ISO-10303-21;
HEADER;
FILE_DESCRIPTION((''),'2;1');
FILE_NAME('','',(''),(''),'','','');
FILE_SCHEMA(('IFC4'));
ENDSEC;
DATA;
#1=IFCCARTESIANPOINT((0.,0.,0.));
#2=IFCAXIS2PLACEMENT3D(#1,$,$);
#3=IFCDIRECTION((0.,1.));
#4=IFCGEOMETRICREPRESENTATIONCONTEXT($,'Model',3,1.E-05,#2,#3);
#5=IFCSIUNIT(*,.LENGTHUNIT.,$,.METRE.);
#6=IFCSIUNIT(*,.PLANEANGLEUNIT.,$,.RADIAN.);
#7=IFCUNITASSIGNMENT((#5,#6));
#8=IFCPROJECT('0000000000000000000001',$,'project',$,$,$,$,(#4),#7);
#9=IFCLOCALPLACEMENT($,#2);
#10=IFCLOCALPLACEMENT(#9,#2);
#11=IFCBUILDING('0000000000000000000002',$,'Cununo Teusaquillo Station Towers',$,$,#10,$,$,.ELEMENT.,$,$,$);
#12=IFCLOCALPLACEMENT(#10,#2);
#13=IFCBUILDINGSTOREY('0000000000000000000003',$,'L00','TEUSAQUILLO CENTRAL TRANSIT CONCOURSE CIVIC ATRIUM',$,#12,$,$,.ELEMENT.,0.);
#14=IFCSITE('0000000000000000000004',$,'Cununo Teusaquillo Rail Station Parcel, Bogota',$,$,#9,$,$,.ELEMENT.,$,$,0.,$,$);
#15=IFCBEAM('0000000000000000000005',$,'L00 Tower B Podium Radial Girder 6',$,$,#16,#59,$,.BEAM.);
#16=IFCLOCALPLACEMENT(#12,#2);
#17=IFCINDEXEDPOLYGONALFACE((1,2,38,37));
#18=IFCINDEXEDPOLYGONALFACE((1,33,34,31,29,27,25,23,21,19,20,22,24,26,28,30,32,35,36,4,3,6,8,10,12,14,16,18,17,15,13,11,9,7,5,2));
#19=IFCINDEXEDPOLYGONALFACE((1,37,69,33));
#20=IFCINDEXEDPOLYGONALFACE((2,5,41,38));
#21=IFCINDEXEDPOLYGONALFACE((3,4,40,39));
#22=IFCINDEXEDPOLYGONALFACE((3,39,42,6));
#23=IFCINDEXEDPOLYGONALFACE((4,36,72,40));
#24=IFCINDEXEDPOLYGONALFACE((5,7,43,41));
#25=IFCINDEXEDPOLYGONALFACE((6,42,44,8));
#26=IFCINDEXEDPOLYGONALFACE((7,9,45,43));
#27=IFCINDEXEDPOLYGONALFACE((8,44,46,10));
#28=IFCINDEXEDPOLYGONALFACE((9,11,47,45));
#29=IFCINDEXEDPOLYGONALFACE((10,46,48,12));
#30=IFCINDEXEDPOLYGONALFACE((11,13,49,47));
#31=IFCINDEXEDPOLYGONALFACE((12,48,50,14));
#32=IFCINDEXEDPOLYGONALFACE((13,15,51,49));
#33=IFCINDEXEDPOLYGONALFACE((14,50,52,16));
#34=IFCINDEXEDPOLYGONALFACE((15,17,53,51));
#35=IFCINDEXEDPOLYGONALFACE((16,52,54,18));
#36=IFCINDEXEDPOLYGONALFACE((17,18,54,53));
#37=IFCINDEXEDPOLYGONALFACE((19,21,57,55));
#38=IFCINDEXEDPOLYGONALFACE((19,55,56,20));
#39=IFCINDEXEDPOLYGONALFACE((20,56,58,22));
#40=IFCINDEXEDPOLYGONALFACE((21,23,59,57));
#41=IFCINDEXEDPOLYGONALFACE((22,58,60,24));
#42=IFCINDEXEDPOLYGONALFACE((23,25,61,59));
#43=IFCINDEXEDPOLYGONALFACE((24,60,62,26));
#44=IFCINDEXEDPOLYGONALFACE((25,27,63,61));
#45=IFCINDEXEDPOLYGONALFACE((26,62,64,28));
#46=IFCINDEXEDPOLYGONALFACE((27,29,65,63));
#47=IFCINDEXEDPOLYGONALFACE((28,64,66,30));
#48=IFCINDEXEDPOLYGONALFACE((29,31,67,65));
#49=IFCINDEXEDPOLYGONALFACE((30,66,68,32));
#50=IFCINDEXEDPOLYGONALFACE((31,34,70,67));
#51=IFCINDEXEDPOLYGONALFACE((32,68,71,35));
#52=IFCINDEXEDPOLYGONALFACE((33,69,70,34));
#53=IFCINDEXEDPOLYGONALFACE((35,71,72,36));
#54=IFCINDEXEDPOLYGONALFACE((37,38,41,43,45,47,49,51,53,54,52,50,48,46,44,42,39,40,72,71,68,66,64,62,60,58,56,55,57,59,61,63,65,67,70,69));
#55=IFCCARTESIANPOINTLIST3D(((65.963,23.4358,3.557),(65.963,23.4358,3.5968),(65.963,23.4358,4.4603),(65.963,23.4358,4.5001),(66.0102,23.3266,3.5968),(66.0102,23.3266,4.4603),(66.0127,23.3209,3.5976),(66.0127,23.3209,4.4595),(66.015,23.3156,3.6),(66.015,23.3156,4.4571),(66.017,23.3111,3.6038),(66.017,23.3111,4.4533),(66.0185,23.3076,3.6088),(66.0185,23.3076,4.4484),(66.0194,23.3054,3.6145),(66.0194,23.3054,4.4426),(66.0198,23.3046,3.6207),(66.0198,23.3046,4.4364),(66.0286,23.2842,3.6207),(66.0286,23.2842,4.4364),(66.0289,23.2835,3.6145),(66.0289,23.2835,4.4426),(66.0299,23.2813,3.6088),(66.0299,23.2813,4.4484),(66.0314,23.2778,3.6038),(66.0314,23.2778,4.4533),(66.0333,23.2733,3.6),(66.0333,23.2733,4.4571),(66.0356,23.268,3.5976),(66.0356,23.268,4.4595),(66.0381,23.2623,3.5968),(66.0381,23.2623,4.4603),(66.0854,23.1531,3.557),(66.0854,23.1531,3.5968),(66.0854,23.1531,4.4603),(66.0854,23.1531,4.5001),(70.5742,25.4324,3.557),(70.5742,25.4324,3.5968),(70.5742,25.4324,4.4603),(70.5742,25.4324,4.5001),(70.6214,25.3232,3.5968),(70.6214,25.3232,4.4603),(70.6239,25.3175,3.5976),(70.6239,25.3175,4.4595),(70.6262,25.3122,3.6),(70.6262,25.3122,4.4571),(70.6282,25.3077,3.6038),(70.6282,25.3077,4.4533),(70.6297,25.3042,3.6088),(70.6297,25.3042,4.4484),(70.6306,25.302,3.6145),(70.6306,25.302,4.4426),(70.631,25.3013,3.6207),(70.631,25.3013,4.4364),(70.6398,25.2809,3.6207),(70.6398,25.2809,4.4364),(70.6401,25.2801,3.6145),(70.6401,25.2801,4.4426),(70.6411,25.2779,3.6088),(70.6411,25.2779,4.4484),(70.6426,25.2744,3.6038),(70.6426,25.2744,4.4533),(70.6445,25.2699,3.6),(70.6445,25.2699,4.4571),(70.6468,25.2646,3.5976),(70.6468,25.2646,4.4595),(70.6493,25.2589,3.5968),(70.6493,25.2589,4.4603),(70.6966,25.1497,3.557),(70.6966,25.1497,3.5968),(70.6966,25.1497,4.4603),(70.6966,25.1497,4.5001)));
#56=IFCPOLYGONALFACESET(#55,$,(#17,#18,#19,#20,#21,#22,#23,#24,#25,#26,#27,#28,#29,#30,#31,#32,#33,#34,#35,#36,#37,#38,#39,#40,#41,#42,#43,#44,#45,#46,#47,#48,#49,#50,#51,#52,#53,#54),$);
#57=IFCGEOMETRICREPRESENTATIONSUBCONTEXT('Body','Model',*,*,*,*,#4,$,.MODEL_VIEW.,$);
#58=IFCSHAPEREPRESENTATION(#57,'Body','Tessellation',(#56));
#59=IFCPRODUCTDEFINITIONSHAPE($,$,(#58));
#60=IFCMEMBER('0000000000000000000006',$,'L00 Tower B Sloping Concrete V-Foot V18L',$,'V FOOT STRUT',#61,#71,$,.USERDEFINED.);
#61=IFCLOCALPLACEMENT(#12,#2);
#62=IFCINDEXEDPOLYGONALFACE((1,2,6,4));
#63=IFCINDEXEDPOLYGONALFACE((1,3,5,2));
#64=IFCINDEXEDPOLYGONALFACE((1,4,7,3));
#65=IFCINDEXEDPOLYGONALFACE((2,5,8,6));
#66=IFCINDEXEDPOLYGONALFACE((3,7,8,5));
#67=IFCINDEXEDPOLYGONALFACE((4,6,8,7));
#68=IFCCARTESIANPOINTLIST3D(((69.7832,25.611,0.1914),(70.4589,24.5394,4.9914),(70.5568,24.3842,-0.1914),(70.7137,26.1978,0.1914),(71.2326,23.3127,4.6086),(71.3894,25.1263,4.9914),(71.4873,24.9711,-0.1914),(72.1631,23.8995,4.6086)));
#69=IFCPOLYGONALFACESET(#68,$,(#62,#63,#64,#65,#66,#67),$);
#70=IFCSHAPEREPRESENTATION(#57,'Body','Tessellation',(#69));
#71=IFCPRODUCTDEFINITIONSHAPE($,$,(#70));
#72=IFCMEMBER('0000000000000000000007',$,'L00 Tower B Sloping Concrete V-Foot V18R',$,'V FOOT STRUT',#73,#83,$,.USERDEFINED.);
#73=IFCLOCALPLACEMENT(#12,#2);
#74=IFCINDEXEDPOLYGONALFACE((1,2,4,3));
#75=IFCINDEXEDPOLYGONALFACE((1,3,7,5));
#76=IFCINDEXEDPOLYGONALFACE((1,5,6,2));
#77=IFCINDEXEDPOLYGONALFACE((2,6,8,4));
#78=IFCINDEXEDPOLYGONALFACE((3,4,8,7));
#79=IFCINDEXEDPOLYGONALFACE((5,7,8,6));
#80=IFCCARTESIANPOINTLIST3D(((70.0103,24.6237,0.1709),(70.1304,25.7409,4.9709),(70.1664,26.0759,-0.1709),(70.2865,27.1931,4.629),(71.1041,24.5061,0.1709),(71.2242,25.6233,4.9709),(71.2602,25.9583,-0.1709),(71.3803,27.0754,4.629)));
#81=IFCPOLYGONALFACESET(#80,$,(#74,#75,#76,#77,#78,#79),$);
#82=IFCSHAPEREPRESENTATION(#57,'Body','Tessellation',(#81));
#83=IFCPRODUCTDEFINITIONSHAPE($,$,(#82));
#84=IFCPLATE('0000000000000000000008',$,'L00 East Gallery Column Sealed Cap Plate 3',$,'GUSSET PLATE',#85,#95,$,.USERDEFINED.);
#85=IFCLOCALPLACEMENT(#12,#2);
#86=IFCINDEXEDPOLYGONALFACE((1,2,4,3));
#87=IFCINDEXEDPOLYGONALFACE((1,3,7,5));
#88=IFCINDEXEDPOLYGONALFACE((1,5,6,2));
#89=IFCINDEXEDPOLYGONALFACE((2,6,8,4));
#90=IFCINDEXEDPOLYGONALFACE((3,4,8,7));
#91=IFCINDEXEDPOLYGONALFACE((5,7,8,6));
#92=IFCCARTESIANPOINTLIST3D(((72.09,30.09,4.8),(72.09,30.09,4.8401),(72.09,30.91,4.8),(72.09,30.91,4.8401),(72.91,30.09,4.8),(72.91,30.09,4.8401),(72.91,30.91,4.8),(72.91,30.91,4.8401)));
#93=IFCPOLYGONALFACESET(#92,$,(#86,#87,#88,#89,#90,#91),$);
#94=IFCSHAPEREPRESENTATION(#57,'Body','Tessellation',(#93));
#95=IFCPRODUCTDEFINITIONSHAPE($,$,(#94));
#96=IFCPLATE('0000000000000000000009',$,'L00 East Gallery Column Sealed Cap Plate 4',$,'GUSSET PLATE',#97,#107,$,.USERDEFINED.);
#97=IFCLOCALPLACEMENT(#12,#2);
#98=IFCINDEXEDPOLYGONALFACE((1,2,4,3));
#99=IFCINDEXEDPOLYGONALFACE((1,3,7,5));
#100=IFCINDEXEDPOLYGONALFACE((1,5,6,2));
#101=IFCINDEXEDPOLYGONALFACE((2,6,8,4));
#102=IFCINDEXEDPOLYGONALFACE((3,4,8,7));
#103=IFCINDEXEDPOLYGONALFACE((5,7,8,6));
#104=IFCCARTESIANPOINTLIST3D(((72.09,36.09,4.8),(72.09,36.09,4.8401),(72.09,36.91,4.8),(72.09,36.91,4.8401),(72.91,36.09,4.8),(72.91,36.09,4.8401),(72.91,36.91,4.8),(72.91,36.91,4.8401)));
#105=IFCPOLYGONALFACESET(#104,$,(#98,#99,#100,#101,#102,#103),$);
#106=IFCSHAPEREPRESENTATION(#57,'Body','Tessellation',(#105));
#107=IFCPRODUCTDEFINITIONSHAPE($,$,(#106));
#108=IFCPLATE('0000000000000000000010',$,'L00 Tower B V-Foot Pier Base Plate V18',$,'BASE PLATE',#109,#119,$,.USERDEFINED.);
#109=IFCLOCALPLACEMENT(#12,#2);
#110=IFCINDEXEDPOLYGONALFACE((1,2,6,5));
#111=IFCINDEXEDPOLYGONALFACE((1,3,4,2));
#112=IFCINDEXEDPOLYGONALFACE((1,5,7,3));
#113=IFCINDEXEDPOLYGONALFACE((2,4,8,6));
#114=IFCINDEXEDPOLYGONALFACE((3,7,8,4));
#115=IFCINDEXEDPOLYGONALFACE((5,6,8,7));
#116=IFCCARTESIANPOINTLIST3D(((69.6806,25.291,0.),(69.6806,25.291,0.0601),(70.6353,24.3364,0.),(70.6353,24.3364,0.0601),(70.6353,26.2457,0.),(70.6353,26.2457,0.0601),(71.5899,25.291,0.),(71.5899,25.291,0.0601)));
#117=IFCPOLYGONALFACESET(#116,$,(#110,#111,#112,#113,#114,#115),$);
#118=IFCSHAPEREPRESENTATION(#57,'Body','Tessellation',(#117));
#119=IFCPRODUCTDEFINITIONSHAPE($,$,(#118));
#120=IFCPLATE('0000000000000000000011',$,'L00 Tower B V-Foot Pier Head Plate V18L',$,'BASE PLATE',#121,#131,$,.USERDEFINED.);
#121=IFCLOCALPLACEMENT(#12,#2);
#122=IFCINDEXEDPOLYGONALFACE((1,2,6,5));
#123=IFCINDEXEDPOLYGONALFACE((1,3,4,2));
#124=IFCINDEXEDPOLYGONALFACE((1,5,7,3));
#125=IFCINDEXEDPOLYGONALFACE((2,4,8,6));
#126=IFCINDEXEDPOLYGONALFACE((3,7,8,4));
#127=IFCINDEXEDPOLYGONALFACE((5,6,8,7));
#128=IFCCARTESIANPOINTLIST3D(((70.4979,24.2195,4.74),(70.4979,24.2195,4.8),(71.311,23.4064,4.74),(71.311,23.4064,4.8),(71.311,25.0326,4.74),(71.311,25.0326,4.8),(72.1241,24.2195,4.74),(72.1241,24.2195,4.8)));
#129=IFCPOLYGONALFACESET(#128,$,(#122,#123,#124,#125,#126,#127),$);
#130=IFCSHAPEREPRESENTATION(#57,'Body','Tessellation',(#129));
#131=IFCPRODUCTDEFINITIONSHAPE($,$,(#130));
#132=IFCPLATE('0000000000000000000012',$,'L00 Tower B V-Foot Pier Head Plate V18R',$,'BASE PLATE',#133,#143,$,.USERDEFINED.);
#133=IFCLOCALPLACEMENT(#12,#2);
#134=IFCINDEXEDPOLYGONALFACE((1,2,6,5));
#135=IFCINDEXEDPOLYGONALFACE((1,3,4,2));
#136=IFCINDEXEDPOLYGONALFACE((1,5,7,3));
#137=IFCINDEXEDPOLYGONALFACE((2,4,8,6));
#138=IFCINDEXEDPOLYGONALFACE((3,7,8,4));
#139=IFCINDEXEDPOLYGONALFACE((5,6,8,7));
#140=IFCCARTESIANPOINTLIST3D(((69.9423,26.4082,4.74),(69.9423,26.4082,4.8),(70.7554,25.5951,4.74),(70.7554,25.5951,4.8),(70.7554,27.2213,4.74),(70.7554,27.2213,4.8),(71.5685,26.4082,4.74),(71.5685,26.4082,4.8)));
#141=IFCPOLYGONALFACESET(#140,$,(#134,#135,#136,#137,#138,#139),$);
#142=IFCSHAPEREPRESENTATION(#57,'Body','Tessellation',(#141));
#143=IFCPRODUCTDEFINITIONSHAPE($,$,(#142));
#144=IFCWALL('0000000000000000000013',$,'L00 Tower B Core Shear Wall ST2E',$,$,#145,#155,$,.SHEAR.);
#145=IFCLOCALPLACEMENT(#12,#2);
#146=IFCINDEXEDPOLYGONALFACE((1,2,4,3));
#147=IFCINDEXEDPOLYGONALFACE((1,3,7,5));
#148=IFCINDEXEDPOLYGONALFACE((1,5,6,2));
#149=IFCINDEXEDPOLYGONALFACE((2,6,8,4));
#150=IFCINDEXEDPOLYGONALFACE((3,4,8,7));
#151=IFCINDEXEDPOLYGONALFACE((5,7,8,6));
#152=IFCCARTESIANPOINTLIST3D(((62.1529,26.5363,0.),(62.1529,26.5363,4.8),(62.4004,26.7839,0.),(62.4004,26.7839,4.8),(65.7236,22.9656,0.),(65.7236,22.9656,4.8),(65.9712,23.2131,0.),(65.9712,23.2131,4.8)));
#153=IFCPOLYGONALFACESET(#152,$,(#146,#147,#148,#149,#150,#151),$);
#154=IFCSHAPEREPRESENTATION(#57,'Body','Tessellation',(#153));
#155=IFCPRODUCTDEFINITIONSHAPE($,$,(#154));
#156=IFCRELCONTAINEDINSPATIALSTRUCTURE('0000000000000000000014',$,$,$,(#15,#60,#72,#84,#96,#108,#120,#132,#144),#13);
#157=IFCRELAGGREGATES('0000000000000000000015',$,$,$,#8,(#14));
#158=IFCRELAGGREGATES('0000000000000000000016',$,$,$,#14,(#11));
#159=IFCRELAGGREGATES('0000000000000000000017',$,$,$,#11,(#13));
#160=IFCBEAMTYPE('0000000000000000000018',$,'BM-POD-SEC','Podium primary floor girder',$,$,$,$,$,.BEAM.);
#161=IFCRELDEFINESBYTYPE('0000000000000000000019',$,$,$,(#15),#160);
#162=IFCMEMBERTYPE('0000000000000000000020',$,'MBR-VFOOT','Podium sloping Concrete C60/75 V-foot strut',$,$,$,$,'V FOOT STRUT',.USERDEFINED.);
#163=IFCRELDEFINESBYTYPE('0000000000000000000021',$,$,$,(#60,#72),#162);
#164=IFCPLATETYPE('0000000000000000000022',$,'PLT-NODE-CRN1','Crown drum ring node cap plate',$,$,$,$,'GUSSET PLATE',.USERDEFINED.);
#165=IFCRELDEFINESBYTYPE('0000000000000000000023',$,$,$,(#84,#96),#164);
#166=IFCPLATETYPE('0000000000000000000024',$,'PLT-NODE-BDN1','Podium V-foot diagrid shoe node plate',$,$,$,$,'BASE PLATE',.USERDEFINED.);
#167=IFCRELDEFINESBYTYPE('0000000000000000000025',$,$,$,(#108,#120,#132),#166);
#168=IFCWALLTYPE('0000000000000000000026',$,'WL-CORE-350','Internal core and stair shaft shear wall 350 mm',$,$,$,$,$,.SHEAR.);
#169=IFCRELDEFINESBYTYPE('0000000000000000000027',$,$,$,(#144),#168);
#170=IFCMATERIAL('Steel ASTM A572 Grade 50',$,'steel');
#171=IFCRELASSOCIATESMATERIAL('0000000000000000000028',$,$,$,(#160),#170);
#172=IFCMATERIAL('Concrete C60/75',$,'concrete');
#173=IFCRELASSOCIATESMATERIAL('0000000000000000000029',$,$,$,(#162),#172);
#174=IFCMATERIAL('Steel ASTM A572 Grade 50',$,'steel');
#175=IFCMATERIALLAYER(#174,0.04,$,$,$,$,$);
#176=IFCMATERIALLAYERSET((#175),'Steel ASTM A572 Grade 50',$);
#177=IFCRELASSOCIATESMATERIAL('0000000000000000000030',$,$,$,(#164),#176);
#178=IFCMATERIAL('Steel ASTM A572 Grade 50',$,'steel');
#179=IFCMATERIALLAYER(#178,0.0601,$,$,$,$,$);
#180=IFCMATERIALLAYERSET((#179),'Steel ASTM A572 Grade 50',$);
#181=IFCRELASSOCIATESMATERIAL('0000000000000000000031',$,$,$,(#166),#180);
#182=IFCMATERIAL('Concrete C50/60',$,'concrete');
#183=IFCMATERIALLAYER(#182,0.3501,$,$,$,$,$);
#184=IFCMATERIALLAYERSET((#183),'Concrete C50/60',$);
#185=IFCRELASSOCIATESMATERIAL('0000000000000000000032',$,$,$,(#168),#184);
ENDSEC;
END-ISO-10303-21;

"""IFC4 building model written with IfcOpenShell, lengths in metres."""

from ifc_helpers import new_model, si_unit, direction, frame, frame_2d, origin, origin_2d, place, context, subcontext, project, spatial, rectangle, i_section, extrude, source, transform, mapped, material, layer, layer_set, material_profile, profile_set, type_object, element, save


model = new_model("IFC4")

# Units and contexts
model_context = context("Model", 3, precision=1e-05, world=origin(), true_north=direction((0.0, 1.0)))
body_context = subcontext(model_context, "Body", "Model", "MODEL_VIEW")
ifc_project = project(units=[si_unit("LENGTHUNIT", "METRE"), si_unit("PLANEANGLEUNIT", "RADIAN")], contexts=[model_context])

# Site, building, storey
site_placement = place(None, origin())
site = spatial("IfcSite", under=ifc_project, at=site_placement, Name="Cununo Teusaquillo Rail Station Parcel, Bogota", CompositionType="ELEMENT", RefElevation=0.0)
building_placement = place(site_placement, origin())
building = spatial("IfcBuilding", under=site, at=building_placement, Name="Cununo Teusaquillo Station Towers", CompositionType="ELEMENT")
storey_placement = place(building_placement, origin())
storey = spatial("IfcBuildingStorey", under=building, at=storey_placement, Name="L00", Description="TEUSAQUILLO CENTRAL TRANSIT CONCOURSE CIVIC ATRIUM", CompositionType="ELEMENT", Elevation=0.0)

# Beam
ifc_material_1 = material(Name="Steel ASTM A572 Grade 50", Category="steel")
ifc_material_profile_1 = material_profile(ifc_material_1, i_section(OverallWidth=0.3081, OverallDepth=0.9431, WebThickness=0.0222, FlangeThickness=0.0398, FilletRadius=0.0239, at=origin_2d()), Name="W36X232")
ifc_profile_set_1 = profile_set([ifc_material_profile_1], Name="Steel ASTM A572 Grade 50")
beam_type_1 = type_object("IfcBeamType", Name="BM-POD-SEC", Description="Podium primary floor girder", PredefinedType="BEAM", material=ifc_profile_set_1)
beam_1_placement = place(storey_placement, frame((66.0242, 23.2944, 4.0286), z_axis=(0.917668, 0.397347, 0.0), x_axis=(-0.397347, 0.917668, 0.0)))
element("IfcBeam", 1, at=beam_1_placement, inside=storey, type_object=beam_type_1, Name="L00 Tower B Podium Radial Girder 6", PredefinedType="BEAM", context=body_context, shape_type="SweptSolid", body=[
    extrude(i_section(OverallWidth=0.3081, OverallDepth=0.9431, WebThickness=0.0222, FlangeThickness=0.0398, FilletRadius=0.0239, at=origin_2d()), origin(), (0.0, 0.0, 1.0), 5.0249),
])

# Members
ifc_material_2 = material(Name="Concrete C60/75", Category="concrete")
ifc_material_profile_2 = material_profile(ifc_material_2, rectangle(XDim=1.1001, YDim=1.5, at=origin_2d()), Name="RC-RECT-1500x1100")
ifc_profile_set_2 = profile_set([ifc_material_profile_2], Name="Concrete C60/75")
member_type = type_object("IfcMemberType", Name="MBR-VFOOT", Description="Podium sloping Concrete C60/75 V-foot strut", ElementType="V FOOT STRUT", PredefinedType="USERDEFINED", material=ifc_profile_set_2)
member_1_placement = place(storey_placement, frame((70.6353, 25.291, 0.0), z_axis=(0.136125, -0.215843, 0.966893), x_axis=(0.845837, 0.533442, 0.0)))
element("IfcMember", 2, at=member_1_placement, inside=storey, type_object=member_type, Name="L00 Tower B Sloping Concrete V-Foot V18L", ObjectType="V FOOT STRUT", PredefinedType="USERDEFINED", context=body_context, shape_type="SweptSolid", body=[
    extrude(rectangle(XDim=1.1001, YDim=1.5, at=origin_2d()), origin(), (0.0, 0.0, 1.0), 4.9644),
])
member_2_placement = place(storey_placement, frame((70.6353, 25.291, 0.0), z_axis=(0.024365, 0.226619, 0.973679), x_axis=(-0.99427, 0.106901, 0.0)))
element("IfcMember", 3, at=member_2_placement, inside=storey, type_object=member_type, Name="L00 Tower B Sloping Concrete V-Foot V18R", ObjectType="V FOOT STRUT", PredefinedType="USERDEFINED", context=body_context, shape_type="SweptSolid", body=[
    extrude(rectangle(XDim=1.1001, YDim=1.5, at=origin_2d()), origin(), (0.0, 0.0, 1.0), 4.9297),
])

# Plates
ifc_material_3 = material(Name="Steel ASTM A572 Grade 50", Category="steel")
ifc_layer_1 = layer(ifc_material_3, 0.04)
ifc_layer_set_1 = layer_set([ifc_layer_1], Name="Steel ASTM A572 Grade 50")
plate_type_1 = type_object("IfcPlateType", Name="PLT-NODE-CRN1", Description="Crown drum ring node cap plate", ElementType="GUSSET PLATE", PredefinedType="USERDEFINED", material=ifc_layer_set_1)
shared_shape_1 = source(origin(), body_context, "Body", "SweptSolid", [
    extrude(rectangle(XDim=0.8201, YDim=0.8201, at=origin_2d()), origin(), (0.0, 0.0, 1.0), 0.04),
])
for number, where, z_axis, x_axis, name in (
    (4, (72.5, 30.5, 4.8), (0.0, 0.0, 1.0), (1.0, 0.0, 0.0), "L00 East Gallery Column Sealed Cap Plate 3"),
    (5, (72.5, 36.5, 4.8), (0.0, 0.0, 1.0), (1.0, 0.0, 0.0), "L00 East Gallery Column Sealed Cap Plate 4"),
):
    element("IfcPlate", number, at=place(storey_placement, frame(where, z_axis=z_axis, x_axis=x_axis)), inside=storey, type_object=plate_type_1, Name=name, ObjectType="GUSSET PLATE", PredefinedType="USERDEFINED", context=body_context, shape_type="MappedRepresentation", body=[
        mapped(shared_shape_1, transform((0.0, 0.0, 0.0), x_axis=(1.0, 0.0, 0.0), y_axis=(0.0, 1.0, 0.0), z_axis=(0.0, 0.0, 1.0), scale=1.0)),
    ])
ifc_material_4 = material(Name="Steel ASTM A572 Grade 50", Category="steel")
ifc_layer_2 = layer(ifc_material_4, 0.0601)
ifc_layer_set_2 = layer_set([ifc_layer_2], Name="Steel ASTM A572 Grade 50")
plate_type_2 = type_object("IfcPlateType", Name="PLT-NODE-BDN1", Description="Podium V-foot diagrid shoe node plate", ElementType="BASE PLATE", PredefinedType="USERDEFINED", material=ifc_layer_set_2)
shared_shape_2 = source(origin(), body_context, "Body", "SweptSolid", [
    extrude(rectangle(XDim=1.3501, YDim=1.3501, at=origin_2d()), origin(), (0.0, 0.0, 1.0), 0.0601),
])
plate_placement = place(storey_placement, frame((70.6353, 25.291, 0.0), z_axis=(0.0, 0.0, 1.0), x_axis=(0.707107, 0.707107, 0.0)))
element("IfcPlate", 6, at=plate_placement, inside=storey, type_object=plate_type_2, Name="L00 Tower B V-Foot Pier Base Plate V18", ObjectType="BASE PLATE", PredefinedType="USERDEFINED", context=body_context, shape_type="MappedRepresentation", body=[
    mapped(shared_shape_2, transform((0.0, 0.0, 0.0), x_axis=(1.0, 0.0, 0.0), y_axis=(0.0, 1.0, 0.0), z_axis=(0.0, 0.0, 1.0), scale=1.0)),
])
shared_shape_3 = source(origin(), body_context, "Body", "SweptSolid", [
    extrude(rectangle(XDim=1.1499, YDim=1.1499, at=origin_2d()), origin(), (0.0, 0.0, 1.0), 0.0601),
])
for number, where, z_axis, x_axis, name in (
    (7, (71.311, 24.2195, 4.74), (0.0, 0.0, 1.0), (0.707107, 0.707107, 0.0), "L00 Tower B V-Foot Pier Head Plate V18L"),
    (8, (70.7554, 26.4082, 4.74), (0.0, 0.0, 1.0), (0.707107, 0.707107, 0.0), "L00 Tower B V-Foot Pier Head Plate V18R"),
):
    element("IfcPlate", number, at=place(storey_placement, frame(where, z_axis=z_axis, x_axis=x_axis)), inside=storey, type_object=plate_type_2, Name=name, ObjectType="BASE PLATE", PredefinedType="USERDEFINED", context=body_context, shape_type="MappedRepresentation", body=[
        mapped(shared_shape_3, transform((0.0, 0.0, 0.0), x_axis=(1.0, 0.0, 0.0), y_axis=(0.0, 1.0, 0.0), z_axis=(0.0, 0.0, 1.0), scale=1.0)),
    ])

# Wall
ifc_material_5 = material(Name="Concrete C50/60", Category="concrete")
ifc_layer_3 = layer(ifc_material_5, 0.3501)
ifc_layer_set_3 = layer_set([ifc_layer_3], Name="Concrete C50/60")
wall_type_1 = type_object("IfcWallType", Name="WL-CORE-350", Description="Internal core and stair shaft shear wall 350 mm", PredefinedType="SHEAR", material=ifc_layer_set_3)
wall_1_placement = place(storey_placement, frame((65.8474, 23.0894, 0.0), z_axis=(0.0, 0.0, 1.0), x_axis=(-0.707107, 0.707107, 0.0)))
element("IfcWall", 9, at=wall_1_placement, inside=storey, type_object=wall_type_1, Name="L00 Tower B Core Shear Wall ST2E", PredefinedType="SHEAR", context=body_context, shape_type="SweptSolid", body=[
    extrude(rectangle(XDim=5.0498, YDim=0.3501, at=frame_2d((2.5249, 0.0))), origin(), (0.0, 0.0, 1.0), 4.8),
])

save(model, "model.ifc")
